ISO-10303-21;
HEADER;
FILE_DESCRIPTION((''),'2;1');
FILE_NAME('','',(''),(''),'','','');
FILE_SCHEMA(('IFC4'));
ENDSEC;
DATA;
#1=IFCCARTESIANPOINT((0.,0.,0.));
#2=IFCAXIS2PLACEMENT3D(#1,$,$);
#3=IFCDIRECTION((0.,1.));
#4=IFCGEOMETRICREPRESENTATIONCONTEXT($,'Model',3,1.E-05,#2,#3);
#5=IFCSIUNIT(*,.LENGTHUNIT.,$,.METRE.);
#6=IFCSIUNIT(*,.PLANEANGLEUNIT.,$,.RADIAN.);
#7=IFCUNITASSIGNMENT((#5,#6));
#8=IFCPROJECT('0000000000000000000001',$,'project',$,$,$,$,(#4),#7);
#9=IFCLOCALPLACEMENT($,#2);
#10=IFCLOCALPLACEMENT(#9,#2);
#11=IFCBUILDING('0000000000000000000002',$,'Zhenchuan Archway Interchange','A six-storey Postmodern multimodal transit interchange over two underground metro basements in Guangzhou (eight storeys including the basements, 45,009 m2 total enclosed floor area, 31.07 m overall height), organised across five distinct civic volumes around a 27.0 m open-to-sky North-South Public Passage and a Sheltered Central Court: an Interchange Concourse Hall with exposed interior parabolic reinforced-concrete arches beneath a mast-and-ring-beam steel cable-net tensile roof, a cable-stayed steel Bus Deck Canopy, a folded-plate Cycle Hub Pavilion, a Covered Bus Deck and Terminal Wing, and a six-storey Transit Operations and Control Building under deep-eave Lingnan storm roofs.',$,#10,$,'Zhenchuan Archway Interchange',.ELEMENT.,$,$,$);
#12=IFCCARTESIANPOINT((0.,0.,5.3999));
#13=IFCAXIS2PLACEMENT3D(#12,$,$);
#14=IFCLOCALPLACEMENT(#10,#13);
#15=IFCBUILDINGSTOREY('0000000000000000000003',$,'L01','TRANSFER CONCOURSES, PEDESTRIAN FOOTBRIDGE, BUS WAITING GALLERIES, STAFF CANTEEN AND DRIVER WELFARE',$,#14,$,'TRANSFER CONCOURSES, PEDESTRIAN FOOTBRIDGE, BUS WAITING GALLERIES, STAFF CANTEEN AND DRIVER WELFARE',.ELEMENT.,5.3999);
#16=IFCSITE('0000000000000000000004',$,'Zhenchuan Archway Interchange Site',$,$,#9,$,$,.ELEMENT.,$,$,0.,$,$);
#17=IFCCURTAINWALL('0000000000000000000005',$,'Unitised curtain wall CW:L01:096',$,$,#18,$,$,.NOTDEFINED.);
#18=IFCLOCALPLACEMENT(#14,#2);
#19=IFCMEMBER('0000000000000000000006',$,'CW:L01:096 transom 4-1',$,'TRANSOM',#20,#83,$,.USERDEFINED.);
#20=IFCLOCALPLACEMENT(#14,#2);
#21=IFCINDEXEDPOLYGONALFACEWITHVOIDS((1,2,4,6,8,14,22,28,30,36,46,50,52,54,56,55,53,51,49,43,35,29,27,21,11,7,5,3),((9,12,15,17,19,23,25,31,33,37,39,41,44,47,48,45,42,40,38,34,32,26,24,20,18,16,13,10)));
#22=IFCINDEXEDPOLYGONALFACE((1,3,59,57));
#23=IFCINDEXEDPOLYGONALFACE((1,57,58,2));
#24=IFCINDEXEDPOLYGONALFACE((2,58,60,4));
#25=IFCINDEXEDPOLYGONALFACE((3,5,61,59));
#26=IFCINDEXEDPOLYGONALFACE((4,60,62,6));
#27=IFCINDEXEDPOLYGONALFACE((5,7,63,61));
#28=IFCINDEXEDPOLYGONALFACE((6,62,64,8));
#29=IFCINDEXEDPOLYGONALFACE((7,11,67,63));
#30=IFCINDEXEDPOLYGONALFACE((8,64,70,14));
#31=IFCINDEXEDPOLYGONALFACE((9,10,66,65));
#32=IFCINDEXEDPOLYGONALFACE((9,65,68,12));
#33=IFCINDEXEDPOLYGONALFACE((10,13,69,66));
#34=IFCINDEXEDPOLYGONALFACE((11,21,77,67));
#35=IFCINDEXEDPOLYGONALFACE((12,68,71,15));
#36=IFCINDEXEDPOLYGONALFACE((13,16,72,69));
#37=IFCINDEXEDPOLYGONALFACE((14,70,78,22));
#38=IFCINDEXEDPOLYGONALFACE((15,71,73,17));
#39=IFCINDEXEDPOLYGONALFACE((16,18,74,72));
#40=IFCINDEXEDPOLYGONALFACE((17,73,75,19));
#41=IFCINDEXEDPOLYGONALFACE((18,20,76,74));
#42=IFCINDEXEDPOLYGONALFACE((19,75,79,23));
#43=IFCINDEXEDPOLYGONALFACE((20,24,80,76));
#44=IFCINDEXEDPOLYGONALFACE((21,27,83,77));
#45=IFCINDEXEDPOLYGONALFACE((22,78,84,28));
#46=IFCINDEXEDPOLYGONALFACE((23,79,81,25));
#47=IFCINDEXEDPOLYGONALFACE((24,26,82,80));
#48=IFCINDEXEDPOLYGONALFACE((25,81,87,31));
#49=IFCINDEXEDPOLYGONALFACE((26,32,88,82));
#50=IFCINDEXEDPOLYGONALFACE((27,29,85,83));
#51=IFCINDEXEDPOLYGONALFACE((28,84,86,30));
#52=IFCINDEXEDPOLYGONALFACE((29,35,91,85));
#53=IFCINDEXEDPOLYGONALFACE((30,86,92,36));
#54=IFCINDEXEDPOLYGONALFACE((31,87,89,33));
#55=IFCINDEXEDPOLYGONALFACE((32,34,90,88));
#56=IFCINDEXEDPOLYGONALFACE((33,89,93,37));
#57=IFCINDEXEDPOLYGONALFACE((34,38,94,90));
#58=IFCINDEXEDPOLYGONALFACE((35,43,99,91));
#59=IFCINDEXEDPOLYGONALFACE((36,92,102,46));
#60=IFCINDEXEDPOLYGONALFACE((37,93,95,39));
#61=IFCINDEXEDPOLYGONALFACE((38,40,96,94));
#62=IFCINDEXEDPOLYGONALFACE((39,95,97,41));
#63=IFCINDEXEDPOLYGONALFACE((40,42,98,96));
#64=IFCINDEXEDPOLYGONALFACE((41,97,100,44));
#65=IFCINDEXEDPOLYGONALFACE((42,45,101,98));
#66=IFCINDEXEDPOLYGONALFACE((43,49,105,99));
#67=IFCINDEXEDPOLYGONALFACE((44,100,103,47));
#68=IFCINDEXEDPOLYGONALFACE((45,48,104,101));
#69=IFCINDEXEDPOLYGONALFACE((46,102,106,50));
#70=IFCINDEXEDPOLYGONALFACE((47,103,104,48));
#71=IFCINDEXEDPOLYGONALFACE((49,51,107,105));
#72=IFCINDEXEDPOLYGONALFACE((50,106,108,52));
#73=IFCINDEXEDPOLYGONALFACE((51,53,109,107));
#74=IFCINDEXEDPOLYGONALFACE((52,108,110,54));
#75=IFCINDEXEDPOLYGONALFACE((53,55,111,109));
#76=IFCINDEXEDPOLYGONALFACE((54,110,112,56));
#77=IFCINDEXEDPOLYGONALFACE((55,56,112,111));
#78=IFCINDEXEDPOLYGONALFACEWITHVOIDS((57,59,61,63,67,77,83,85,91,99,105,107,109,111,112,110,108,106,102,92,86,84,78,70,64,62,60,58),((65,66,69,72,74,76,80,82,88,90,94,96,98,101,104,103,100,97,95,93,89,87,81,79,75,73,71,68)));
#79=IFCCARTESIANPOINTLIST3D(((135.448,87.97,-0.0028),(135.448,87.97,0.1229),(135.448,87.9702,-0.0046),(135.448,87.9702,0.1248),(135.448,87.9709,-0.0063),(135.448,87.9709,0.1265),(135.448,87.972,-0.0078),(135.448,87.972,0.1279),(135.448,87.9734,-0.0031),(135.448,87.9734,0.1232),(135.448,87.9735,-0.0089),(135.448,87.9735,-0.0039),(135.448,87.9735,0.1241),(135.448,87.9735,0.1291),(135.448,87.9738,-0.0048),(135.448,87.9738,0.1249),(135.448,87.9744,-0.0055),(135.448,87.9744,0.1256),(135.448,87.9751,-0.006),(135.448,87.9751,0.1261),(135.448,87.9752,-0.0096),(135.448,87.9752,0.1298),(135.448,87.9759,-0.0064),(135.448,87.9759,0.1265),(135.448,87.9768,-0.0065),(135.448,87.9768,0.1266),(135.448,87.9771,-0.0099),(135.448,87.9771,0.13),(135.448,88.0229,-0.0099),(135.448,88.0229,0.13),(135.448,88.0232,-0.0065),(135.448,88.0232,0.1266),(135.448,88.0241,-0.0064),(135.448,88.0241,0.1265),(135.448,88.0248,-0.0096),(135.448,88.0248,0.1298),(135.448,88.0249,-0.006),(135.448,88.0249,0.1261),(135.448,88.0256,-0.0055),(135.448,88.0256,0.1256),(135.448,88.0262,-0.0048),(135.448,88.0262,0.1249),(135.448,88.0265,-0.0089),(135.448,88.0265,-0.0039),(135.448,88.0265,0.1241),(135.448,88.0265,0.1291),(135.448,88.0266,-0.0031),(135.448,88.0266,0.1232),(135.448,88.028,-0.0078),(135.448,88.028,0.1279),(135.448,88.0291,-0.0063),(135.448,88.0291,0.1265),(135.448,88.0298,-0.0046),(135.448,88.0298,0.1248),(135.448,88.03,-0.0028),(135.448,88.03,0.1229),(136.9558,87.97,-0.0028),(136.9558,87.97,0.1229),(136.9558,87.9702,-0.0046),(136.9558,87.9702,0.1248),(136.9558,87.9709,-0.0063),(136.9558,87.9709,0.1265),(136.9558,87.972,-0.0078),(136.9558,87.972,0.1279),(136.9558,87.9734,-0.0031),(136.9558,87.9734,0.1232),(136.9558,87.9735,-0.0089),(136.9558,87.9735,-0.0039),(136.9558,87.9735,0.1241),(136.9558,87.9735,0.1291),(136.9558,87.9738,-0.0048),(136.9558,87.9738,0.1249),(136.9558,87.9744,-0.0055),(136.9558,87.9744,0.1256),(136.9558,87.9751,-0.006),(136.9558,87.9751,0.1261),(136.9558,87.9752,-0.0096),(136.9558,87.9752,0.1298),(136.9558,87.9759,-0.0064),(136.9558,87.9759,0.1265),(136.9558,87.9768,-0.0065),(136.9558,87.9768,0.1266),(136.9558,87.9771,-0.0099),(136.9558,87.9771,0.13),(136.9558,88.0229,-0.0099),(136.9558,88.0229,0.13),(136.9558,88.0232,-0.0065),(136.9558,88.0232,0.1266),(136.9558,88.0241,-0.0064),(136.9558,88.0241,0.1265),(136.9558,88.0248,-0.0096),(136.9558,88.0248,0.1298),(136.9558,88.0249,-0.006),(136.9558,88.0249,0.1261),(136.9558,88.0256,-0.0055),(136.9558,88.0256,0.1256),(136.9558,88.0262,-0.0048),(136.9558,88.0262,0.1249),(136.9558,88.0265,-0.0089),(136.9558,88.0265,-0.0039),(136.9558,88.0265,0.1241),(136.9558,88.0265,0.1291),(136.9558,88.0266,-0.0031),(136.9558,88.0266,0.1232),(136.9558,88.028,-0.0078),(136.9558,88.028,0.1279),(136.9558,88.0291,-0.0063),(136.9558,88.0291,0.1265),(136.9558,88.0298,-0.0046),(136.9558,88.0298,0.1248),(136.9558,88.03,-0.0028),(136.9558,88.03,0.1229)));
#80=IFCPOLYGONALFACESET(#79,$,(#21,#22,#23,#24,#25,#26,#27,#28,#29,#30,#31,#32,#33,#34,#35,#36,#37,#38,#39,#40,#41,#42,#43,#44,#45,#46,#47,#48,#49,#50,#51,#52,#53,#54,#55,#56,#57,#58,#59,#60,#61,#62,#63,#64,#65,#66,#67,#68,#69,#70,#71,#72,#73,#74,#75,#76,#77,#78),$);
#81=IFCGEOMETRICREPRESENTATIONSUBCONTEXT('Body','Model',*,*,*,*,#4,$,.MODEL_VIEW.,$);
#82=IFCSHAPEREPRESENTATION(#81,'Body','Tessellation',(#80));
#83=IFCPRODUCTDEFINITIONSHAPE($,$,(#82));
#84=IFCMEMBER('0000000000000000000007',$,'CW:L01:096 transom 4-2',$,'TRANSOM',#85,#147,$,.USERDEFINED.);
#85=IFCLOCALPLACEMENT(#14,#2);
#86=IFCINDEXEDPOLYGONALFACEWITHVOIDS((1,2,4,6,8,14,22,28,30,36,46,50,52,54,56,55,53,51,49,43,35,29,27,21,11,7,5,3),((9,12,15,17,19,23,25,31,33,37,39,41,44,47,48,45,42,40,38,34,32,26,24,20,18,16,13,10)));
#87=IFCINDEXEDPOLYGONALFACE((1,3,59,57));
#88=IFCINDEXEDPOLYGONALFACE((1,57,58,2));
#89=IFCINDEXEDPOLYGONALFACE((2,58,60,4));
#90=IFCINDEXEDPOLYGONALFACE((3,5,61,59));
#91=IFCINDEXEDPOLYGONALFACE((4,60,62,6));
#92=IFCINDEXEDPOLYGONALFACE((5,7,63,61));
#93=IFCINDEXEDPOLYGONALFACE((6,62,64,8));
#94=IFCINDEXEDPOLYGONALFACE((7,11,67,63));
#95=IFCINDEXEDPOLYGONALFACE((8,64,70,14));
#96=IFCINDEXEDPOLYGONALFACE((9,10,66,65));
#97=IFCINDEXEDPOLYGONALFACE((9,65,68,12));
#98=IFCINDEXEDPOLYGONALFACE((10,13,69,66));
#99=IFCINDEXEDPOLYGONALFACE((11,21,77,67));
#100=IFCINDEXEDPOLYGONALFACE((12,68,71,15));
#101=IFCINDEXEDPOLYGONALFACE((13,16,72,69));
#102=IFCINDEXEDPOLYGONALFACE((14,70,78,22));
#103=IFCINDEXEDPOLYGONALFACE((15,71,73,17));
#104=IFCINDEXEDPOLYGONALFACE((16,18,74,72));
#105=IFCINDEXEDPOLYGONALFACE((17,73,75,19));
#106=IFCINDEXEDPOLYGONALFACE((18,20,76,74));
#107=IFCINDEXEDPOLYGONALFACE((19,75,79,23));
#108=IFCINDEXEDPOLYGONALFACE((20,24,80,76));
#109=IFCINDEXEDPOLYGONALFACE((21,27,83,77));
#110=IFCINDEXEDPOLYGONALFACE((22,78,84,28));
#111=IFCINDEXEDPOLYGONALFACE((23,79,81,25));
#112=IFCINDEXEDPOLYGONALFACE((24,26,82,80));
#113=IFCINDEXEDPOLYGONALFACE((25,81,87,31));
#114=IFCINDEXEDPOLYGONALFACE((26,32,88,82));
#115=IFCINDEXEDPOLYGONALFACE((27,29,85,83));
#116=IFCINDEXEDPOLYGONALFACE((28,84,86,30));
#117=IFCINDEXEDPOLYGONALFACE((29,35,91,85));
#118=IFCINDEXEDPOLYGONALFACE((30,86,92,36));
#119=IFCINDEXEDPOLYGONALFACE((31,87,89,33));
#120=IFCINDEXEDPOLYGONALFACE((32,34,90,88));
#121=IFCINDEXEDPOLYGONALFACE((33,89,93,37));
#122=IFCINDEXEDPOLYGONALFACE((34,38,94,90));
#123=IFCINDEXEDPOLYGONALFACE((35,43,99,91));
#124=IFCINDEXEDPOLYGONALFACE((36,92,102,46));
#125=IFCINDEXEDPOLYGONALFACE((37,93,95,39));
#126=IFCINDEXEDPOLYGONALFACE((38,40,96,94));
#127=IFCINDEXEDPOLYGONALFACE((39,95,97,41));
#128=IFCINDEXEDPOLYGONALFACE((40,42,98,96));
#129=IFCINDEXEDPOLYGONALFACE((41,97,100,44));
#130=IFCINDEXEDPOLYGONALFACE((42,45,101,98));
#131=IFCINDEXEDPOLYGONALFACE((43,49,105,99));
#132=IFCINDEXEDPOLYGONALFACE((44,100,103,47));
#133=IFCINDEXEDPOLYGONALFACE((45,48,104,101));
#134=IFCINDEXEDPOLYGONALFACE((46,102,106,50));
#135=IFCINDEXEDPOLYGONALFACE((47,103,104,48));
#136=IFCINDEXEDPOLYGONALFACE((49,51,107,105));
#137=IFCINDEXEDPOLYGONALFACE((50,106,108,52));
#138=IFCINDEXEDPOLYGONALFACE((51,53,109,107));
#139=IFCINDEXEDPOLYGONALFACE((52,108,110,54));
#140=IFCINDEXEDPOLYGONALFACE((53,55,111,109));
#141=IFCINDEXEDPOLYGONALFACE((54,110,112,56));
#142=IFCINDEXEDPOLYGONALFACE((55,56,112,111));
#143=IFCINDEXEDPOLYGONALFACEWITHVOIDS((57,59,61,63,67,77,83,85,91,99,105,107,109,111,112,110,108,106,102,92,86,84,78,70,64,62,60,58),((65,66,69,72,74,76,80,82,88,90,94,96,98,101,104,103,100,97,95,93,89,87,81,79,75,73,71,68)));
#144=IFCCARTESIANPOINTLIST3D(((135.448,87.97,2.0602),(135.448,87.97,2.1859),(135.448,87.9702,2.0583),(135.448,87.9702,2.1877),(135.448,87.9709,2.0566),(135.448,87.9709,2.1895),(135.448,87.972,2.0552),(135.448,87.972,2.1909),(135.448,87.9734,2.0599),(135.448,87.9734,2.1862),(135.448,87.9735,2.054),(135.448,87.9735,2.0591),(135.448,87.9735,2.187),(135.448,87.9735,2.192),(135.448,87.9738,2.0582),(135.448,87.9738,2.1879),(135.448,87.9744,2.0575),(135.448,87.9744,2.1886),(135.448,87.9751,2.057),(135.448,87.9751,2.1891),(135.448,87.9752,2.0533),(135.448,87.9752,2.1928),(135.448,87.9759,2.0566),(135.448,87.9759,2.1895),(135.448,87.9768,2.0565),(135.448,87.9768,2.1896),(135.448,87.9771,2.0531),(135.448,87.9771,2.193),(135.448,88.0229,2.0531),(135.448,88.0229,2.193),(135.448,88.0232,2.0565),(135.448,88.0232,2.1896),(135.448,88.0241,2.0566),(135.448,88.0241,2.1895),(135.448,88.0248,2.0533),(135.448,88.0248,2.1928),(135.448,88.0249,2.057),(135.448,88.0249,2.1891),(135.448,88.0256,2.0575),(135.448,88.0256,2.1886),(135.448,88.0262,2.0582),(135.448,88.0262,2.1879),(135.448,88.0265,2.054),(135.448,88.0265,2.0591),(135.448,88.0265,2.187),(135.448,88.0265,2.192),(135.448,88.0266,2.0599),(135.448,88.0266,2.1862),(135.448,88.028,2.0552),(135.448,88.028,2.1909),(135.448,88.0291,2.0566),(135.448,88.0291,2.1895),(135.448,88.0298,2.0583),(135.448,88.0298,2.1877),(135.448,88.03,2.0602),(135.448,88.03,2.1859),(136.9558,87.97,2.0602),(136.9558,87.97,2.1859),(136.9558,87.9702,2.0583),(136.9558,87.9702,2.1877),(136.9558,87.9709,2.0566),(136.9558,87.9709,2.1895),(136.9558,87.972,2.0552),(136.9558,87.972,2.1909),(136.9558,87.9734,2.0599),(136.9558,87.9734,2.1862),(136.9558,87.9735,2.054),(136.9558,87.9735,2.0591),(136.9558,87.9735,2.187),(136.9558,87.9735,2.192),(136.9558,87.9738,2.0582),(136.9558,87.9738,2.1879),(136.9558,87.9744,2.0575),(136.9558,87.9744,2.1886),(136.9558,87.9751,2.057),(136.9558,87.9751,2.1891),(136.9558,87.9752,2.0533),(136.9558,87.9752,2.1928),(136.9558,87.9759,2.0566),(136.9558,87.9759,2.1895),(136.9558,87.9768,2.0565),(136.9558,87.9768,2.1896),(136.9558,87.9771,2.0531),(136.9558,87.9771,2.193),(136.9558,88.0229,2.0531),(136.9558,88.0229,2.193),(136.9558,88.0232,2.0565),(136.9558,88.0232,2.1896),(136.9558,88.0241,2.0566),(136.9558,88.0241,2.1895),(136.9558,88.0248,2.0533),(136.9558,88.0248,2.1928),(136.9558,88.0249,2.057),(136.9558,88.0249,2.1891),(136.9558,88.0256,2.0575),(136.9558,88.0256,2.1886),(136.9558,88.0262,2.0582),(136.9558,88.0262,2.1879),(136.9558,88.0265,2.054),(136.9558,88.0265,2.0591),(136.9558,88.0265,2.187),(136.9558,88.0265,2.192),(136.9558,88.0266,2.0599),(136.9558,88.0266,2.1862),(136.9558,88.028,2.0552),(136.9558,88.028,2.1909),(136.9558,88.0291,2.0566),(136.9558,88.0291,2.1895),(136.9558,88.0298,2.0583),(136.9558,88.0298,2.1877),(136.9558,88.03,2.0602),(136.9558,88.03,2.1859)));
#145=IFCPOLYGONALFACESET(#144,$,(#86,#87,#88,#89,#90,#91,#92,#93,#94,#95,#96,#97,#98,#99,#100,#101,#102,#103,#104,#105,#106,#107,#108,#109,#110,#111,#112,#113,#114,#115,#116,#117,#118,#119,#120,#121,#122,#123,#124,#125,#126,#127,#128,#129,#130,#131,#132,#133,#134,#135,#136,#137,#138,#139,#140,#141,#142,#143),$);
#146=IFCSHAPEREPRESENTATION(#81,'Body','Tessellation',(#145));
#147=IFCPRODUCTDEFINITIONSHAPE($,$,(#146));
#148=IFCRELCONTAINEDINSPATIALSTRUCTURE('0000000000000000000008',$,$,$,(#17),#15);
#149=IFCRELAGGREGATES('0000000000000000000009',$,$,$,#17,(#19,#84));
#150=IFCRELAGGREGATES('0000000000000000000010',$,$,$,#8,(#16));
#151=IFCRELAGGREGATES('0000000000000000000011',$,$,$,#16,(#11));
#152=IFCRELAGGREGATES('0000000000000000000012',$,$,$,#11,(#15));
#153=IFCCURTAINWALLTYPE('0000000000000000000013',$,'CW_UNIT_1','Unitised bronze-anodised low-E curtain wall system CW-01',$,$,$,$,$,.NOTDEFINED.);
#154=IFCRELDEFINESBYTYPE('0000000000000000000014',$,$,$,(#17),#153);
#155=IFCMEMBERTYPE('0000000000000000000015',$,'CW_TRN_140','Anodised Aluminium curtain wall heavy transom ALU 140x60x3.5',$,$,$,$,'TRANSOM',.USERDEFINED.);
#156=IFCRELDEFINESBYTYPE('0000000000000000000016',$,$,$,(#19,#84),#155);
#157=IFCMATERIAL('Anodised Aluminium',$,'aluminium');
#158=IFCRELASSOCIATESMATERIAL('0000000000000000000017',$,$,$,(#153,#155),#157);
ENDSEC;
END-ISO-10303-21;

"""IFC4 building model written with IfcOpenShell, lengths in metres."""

from ifc_helpers import new_model, si_unit, direction, frame, origin, origin_2d, place, context, subcontext, project, spatial, hollow_rectangle, extrude, material, material_profile, profile_set, type_object, element, aggregate, save


model = new_model("IFC4")

# Units and contexts
model_context = context("Model", 3, precision=1e-05, world=origin(), true_north=direction((0.0, 1.0)))
body_context = subcontext(model_context, "Body", "Model", "MODEL_VIEW")
ifc_project = project(units=[si_unit("LENGTHUNIT", "METRE"), si_unit("PLANEANGLEUNIT", "RADIAN")], contexts=[model_context])

# Site, building, storey
site_placement = place(None, origin())
site = spatial("IfcSite", under=ifc_project, at=site_placement, Name="Zhenchuan Archway Interchange Site", CompositionType="ELEMENT", RefElevation=0.0)
building_placement = place(site_placement, origin())
building = spatial("IfcBuilding", under=site, at=building_placement, Name="Zhenchuan Archway Interchange", Description="A six-storey Postmodern multimodal transit interchange over two underground metro basements in Guangzhou (eight storeys including the basements, 45,009 m2 total enclosed floor area, 31.07 m overall height), organised across five distinct civic volumes around a 27.0 m open-to-sky North-South Public Passage and a Sheltered Central Court: an Interchange Concourse Hall with exposed interior parabolic reinforced-concrete arches beneath a mast-and-ring-beam steel cable-net tensile roof, a cable-stayed steel Bus Deck Canopy, a folded-plate Cycle Hub Pavilion, a Covered Bus Deck and Terminal Wing, and a six-storey Transit Operations and Control Building under deep-eave Lingnan storm roofs.", LongName="Zhenchuan Archway Interchange", CompositionType="ELEMENT")
storey_placement = place(building_placement, frame((0.0, 0.0, 5.3999)))
storey = spatial("IfcBuildingStorey", under=building, at=storey_placement, Name="L01", Description="TRANSFER CONCOURSES, PEDESTRIAN FOOTBRIDGE, BUS WAITING GALLERIES, STAFF CANTEEN AND DRIVER WELFARE", LongName="TRANSFER CONCOURSES, PEDESTRIAN FOOTBRIDGE, BUS WAITING GALLERIES, STAFF CANTEEN AND DRIVER WELFARE", CompositionType="ELEMENT", Elevation=5.3999)

# Curtain wall, members
ifc_material_1 = material(Name="Anodised Aluminium", Category="aluminium")
curtain_wall_type = type_object("IfcCurtainWallType", Name="CW_UNIT_1", Description="Unitised bronze-anodised low-E curtain wall system CW-01", PredefinedType="NOTDEFINED", material=ifc_material_1)
curtain_wall_placement = place(storey_placement, origin())
curtain_wall = element("IfcCurtainWall", 1, at=curtain_wall_placement, inside=storey, type_object=curtain_wall_type, Name="Unitised curtain wall CW:L01:096", PredefinedType="NOTDEFINED")
ifc_material_profile_1 = material_profile(ifc_material_1, hollow_rectangle(XDim=0.0601, YDim=0.1399, WallThickness=0.0034, InnerFilletRadius=0.0034, OuterFilletRadius=0.0071, at=origin_2d()), Name="ALU 140x60x3.5")
ifc_profile_set_1 = profile_set([ifc_material_profile_1], Name="Anodised Aluminium")
member_type_1 = type_object("IfcMemberType", Name="CW_TRN_140", Description="Anodised Aluminium curtain wall heavy transom ALU 140x60x3.5", ElementType="TRANSOM", PredefinedType="USERDEFINED", material=ifc_profile_set_1)
member_1_placement = place(storey_placement, frame((136.9558, 88.0, 0.0601), z_axis=(-1.0, 0.0, 0.0), x_axis=(0.0, -1.0, 0.0)))
member_1 = element("IfcMember", 2, at=member_1_placement, type_object=member_type_1, Name="CW:L01:096 transom 4-1", ObjectType="TRANSOM", PredefinedType="USERDEFINED", context=body_context, shape_type="SweptSolid", body=[
    extrude(hollow_rectangle(XDim=0.0601, YDim=0.1399, WallThickness=0.0034, InnerFilletRadius=0.0034, OuterFilletRadius=0.0071, at=origin_2d()), origin(), (0.0, 0.0, 1.0), 1.5078),
])
member_2_placement = place(storey_placement, frame((136.9558, 88.0, 2.123), z_axis=(-1.0, 0.0, 0.0), x_axis=(0.0, -1.0, 0.0)))
member_2 = element("IfcMember", 3, at=member_2_placement, type_object=member_type_1, Name="CW:L01:096 transom 4-2", ObjectType="TRANSOM", PredefinedType="USERDEFINED", context=body_context, shape_type="SweptSolid", body=[
    extrude(hollow_rectangle(XDim=0.0601, YDim=0.1399, WallThickness=0.0034, InnerFilletRadius=0.0034, OuterFilletRadius=0.0071, at=origin_2d()), origin(), (0.0, 0.0, 1.0), 1.5078),
])

aggregate(curtain_wall, [member_1, member_2])

save(model, "model.ifc")
